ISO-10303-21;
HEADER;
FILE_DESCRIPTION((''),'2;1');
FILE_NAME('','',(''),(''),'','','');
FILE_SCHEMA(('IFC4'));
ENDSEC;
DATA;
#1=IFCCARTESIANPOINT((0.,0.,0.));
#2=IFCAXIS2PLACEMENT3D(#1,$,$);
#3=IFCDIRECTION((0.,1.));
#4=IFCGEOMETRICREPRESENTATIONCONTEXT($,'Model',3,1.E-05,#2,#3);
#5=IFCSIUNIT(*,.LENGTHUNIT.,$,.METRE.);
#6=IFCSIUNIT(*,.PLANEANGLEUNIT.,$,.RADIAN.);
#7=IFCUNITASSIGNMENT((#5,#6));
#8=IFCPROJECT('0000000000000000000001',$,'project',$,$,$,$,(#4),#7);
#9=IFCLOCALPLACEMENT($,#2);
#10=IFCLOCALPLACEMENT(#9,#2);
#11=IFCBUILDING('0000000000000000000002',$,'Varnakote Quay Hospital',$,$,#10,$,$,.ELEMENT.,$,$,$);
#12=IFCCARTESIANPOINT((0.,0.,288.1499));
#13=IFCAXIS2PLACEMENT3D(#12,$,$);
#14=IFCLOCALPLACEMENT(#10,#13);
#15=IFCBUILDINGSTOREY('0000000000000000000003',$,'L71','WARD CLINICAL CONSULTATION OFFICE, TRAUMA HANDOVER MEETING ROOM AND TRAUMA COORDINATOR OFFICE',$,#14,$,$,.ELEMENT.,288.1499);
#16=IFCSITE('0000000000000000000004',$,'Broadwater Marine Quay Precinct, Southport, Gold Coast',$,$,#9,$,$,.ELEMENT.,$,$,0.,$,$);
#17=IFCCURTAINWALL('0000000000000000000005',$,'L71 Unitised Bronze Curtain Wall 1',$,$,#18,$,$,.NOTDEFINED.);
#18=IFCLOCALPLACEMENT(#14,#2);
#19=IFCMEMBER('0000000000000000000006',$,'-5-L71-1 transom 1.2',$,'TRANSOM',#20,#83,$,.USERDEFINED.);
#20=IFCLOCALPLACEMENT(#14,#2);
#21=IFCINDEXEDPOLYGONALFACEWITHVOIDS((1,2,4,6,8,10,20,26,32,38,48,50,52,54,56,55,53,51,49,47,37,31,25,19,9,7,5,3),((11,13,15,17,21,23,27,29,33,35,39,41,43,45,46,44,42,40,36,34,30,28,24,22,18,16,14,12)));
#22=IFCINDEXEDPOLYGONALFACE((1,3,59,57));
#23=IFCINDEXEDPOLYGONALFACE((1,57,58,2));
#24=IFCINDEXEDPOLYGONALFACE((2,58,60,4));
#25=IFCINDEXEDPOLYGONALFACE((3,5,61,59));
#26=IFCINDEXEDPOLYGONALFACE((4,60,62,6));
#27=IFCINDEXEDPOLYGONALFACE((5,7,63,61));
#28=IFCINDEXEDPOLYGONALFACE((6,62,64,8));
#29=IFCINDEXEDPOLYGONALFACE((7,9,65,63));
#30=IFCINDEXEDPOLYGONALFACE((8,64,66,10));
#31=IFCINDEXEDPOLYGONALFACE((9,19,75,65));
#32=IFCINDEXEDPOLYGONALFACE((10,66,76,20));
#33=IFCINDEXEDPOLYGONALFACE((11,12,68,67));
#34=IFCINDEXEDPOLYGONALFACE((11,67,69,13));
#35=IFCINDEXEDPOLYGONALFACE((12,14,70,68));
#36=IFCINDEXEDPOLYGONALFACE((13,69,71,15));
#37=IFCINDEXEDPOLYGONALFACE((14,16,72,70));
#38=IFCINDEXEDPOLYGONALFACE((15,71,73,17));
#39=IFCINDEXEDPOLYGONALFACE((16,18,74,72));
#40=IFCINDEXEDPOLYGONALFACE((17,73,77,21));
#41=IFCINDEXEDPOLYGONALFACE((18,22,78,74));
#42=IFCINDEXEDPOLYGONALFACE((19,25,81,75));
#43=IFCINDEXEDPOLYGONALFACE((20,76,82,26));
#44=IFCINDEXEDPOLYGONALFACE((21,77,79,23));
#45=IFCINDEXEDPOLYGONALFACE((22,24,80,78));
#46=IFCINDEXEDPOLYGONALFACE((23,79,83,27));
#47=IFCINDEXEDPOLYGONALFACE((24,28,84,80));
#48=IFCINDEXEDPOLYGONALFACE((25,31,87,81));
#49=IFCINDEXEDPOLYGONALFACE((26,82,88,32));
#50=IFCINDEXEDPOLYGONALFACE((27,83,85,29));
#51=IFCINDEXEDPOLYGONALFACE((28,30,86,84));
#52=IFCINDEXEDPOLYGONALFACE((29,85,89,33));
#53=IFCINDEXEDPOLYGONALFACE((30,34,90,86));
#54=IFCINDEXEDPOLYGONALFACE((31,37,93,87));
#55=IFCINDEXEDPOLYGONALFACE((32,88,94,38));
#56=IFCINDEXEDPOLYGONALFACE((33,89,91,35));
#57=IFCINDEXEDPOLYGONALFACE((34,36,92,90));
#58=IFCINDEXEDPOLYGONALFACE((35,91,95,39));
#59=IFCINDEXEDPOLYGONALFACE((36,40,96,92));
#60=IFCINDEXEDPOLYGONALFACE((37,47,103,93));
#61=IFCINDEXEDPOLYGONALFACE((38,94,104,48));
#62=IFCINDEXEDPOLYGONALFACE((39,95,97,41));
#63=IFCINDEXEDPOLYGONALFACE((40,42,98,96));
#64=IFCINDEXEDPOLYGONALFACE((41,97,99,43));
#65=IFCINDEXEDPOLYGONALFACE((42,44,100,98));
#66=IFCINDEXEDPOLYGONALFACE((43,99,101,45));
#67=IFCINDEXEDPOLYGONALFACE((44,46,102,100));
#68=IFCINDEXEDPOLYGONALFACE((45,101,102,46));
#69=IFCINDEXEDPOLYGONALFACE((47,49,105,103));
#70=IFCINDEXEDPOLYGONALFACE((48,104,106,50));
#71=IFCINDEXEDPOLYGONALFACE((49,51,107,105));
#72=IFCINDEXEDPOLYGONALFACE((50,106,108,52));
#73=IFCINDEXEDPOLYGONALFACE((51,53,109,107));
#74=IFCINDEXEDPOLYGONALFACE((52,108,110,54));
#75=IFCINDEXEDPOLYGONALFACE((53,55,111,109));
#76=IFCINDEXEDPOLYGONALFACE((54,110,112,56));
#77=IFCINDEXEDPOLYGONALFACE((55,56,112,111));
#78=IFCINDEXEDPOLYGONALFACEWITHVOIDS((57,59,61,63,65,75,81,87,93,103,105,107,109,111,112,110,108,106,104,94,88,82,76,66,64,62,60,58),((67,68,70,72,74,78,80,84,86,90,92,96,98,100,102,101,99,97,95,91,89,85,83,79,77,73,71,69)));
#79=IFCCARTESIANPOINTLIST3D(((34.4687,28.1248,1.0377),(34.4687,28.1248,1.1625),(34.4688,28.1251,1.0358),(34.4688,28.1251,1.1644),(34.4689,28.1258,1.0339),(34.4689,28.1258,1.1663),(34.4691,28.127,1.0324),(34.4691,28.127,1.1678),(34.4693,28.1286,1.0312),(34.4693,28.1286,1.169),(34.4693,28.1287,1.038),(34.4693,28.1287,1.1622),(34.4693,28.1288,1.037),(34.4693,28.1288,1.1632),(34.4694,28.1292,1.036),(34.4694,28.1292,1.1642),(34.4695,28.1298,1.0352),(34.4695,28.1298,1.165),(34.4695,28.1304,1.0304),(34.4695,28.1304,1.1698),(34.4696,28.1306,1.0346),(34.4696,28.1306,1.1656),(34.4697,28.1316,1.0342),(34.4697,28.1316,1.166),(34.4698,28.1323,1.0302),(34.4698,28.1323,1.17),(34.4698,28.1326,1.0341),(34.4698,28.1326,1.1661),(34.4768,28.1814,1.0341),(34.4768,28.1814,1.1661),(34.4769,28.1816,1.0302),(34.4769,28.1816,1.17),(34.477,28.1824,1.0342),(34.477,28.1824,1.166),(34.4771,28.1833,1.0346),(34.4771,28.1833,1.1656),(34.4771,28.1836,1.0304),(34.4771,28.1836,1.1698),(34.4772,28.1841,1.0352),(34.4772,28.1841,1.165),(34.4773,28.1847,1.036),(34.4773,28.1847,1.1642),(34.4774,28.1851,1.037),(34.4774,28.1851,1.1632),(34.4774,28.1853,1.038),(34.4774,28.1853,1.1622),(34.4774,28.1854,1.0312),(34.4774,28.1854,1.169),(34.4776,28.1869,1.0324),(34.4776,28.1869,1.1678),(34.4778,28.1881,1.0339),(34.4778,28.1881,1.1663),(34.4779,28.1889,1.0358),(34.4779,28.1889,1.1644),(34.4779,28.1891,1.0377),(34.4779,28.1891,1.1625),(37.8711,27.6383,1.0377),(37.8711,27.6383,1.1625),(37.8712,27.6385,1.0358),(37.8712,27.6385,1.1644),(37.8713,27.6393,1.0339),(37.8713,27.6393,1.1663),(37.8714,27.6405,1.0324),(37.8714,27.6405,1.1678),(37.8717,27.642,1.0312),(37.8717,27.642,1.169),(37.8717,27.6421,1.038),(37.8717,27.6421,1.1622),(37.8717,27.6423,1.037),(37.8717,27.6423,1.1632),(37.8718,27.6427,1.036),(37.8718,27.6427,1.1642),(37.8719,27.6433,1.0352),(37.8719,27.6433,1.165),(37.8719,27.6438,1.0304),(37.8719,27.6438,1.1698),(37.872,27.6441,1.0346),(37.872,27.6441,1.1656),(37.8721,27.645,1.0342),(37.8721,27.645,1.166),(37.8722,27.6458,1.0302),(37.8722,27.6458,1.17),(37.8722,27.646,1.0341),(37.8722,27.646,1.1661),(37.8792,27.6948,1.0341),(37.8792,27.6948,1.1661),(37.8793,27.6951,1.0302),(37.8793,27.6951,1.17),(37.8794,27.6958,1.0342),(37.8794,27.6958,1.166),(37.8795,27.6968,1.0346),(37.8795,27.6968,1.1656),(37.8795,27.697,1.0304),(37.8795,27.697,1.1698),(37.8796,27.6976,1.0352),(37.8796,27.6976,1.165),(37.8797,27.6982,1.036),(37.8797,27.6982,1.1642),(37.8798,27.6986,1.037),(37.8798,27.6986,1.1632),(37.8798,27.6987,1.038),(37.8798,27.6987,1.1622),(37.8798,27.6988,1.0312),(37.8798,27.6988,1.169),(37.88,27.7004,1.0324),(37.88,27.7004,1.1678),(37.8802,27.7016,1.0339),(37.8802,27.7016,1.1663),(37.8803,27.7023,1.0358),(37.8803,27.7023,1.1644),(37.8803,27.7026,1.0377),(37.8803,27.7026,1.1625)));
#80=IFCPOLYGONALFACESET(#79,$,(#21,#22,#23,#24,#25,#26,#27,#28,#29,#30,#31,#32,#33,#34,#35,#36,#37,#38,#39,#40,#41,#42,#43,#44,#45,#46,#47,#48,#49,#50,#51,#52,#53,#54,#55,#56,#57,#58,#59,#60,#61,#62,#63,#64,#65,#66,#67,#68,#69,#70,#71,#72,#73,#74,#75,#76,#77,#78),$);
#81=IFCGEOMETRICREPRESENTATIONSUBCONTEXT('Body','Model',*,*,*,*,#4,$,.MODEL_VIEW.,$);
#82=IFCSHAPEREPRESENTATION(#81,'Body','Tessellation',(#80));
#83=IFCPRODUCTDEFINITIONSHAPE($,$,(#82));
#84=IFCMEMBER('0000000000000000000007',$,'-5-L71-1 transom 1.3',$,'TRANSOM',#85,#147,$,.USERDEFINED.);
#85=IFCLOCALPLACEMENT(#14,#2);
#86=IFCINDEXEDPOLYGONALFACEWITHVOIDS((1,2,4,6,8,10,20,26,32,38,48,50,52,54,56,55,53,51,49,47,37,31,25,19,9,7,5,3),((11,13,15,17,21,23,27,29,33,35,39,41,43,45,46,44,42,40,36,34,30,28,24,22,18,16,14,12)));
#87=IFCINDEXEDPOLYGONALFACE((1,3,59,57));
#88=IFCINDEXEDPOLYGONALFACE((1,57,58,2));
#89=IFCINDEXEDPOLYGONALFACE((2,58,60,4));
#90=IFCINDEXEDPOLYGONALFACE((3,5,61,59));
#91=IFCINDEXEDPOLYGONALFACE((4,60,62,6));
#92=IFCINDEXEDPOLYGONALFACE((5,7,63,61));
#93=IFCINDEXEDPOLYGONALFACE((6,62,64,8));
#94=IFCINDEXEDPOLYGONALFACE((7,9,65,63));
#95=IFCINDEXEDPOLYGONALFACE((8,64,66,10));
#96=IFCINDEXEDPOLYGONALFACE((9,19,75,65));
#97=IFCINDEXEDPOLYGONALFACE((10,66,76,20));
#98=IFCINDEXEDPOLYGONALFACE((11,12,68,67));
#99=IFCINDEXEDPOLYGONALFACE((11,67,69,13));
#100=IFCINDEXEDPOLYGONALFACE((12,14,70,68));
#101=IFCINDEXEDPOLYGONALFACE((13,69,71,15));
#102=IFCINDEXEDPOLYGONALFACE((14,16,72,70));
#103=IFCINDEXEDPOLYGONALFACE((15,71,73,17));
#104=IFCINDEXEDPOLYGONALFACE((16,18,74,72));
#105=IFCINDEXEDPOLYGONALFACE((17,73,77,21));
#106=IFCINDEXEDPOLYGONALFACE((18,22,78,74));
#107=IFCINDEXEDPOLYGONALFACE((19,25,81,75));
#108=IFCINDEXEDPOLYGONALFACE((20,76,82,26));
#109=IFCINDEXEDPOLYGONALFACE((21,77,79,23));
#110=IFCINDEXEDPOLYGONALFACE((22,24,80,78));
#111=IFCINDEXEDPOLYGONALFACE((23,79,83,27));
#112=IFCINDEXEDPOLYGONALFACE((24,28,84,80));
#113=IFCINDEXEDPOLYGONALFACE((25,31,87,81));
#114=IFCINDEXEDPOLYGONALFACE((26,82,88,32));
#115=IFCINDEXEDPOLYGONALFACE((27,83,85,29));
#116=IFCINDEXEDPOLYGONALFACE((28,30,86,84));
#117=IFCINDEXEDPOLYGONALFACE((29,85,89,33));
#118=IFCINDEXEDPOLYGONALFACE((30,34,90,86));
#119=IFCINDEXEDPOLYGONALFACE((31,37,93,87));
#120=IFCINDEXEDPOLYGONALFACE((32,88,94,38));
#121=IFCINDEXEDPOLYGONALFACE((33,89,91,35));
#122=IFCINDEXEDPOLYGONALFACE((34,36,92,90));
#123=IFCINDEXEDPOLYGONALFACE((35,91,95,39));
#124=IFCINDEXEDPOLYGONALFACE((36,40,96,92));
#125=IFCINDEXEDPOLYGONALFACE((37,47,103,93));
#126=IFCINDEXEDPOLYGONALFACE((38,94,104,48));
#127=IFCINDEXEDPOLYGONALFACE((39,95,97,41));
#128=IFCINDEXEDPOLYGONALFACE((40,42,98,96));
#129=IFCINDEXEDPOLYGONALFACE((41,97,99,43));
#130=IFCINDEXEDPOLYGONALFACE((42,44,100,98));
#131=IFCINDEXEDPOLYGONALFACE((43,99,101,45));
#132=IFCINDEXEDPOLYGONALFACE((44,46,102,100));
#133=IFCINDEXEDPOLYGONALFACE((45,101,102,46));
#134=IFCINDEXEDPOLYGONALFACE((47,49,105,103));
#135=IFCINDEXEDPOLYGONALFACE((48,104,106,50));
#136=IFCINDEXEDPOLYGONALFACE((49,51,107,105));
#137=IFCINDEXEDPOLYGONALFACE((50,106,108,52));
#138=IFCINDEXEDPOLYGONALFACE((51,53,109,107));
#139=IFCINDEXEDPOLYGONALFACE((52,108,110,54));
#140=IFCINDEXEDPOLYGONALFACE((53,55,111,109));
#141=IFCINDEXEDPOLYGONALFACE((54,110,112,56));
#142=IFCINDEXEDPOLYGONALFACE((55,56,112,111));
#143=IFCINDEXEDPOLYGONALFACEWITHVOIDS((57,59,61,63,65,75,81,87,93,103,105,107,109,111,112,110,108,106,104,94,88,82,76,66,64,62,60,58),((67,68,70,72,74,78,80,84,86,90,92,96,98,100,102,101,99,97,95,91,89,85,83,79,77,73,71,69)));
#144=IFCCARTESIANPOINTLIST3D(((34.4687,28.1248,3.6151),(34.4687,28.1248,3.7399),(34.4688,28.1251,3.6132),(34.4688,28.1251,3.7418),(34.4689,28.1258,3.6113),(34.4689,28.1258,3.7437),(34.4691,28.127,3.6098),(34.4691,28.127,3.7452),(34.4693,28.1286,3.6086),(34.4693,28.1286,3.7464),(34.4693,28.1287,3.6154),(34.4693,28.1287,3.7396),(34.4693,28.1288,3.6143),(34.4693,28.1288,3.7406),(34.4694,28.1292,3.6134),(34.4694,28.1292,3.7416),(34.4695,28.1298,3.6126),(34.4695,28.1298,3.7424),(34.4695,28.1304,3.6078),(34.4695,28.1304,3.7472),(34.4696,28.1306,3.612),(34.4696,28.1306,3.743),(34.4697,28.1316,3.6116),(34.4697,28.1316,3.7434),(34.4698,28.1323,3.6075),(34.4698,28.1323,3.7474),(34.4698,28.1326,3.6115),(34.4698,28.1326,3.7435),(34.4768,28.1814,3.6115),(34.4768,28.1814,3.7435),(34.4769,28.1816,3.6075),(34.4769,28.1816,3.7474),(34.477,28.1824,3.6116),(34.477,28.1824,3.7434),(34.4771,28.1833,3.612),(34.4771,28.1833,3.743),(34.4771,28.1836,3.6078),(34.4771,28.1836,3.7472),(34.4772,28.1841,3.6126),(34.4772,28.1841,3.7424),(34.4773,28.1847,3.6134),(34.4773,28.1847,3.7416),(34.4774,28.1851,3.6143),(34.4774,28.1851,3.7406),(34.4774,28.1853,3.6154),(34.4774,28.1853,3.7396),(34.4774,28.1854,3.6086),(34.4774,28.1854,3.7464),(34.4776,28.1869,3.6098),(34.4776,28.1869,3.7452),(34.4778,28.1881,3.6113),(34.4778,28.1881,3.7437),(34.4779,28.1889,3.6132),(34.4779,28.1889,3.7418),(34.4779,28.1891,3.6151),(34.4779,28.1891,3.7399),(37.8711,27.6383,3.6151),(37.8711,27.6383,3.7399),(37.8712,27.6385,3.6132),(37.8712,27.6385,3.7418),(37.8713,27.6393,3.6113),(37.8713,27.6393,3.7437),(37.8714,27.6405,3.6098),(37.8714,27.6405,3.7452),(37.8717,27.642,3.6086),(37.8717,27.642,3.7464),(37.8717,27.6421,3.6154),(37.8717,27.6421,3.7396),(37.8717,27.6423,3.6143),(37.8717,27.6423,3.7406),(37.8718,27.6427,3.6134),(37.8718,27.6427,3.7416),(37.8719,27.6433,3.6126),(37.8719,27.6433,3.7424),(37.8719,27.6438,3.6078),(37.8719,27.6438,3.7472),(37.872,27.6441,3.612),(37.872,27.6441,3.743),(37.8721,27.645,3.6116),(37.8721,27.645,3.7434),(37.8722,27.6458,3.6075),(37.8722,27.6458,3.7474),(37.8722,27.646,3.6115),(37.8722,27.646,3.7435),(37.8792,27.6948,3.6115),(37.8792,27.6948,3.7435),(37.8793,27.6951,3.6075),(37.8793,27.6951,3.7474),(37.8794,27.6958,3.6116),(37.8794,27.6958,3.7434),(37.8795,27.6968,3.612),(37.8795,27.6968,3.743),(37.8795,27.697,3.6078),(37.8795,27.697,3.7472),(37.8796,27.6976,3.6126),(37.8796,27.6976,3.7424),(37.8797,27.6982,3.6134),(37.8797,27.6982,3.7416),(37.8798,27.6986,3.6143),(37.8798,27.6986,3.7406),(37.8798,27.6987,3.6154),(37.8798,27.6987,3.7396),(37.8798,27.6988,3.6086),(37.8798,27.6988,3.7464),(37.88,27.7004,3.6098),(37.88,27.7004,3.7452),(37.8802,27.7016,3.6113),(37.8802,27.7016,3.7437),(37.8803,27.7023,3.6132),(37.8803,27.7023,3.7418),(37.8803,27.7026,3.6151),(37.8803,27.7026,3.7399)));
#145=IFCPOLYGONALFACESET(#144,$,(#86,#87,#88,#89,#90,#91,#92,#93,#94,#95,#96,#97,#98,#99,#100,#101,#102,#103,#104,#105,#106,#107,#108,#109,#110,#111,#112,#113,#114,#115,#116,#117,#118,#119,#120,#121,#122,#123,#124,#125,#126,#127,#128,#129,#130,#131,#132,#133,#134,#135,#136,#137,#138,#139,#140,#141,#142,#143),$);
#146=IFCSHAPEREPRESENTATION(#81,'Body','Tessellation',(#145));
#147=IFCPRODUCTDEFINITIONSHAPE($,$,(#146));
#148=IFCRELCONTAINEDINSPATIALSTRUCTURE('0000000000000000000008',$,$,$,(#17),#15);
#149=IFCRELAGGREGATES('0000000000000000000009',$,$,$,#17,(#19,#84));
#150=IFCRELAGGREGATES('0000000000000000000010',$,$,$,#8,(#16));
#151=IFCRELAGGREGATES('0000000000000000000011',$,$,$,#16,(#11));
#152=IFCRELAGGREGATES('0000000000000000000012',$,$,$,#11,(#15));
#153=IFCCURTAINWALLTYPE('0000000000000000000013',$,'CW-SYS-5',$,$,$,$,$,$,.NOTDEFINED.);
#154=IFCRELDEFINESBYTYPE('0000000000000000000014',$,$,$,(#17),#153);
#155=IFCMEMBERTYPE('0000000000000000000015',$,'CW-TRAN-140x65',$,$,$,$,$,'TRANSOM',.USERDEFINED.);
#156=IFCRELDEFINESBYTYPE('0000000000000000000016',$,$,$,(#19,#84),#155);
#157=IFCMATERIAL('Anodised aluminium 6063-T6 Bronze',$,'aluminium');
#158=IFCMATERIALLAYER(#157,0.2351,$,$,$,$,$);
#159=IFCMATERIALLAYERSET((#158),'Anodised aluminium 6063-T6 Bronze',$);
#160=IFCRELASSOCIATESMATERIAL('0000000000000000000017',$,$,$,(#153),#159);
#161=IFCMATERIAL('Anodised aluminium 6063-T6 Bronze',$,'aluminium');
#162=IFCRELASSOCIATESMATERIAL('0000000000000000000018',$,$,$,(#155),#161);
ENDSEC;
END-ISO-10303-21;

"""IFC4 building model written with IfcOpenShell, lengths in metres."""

from ifc_helpers import new_model, si_unit, direction, frame, origin, origin_2d, place, context, subcontext, project, spatial, hollow_rectangle, extrude, material, layer, layer_set, material_profile, profile_set, type_object, element, aggregate, save


model = new_model("IFC4")

# Units and contexts
model_context = context("Model", 3, precision=1e-05, world=origin(), true_north=direction((0.0, 1.0)))
body_context = subcontext(model_context, "Body", "Model", "MODEL_VIEW")
ifc_project = project(units=[si_unit("LENGTHUNIT", "METRE"), si_unit("PLANEANGLEUNIT", "RADIAN")], contexts=[model_context])

# Site, building, storey
site_placement = place(None, origin())
site = spatial("IfcSite", under=ifc_project, at=site_placement, Name="Broadwater Marine Quay Precinct, Southport, Gold Coast", CompositionType="ELEMENT", RefElevation=0.0)
building_placement = place(site_placement, origin())
building = spatial("IfcBuilding", under=site, at=building_placement, Name="Varnakote Quay Hospital", CompositionType="ELEMENT")
storey_placement = place(building_placement, frame((0.0, 0.0, 288.1499)))
storey = spatial("IfcBuildingStorey", under=building, at=storey_placement, Name="L71", Description="WARD CLINICAL CONSULTATION OFFICE, TRAUMA HANDOVER MEETING ROOM AND TRAUMA COORDINATOR OFFICE", CompositionType="ELEMENT", Elevation=288.1499)

# Curtain wall, members
ifc_material_1 = material(Name="Anodised aluminium 6063-T6 Bronze", Category="aluminium")
ifc_layer_1 = layer(ifc_material_1, 0.2351)
ifc_layer_set_1 = layer_set([ifc_layer_1], Name="Anodised aluminium 6063-T6 Bronze")
curtain_wall_type = type_object("IfcCurtainWallType", Name="CW-SYS-5", PredefinedType="NOTDEFINED", material=ifc_layer_set_1)
curtain_wall_placement = place(storey_placement, origin())
curtain_wall = element("IfcCurtainWall", 1, at=curtain_wall_placement, inside=storey, type_object=curtain_wall_type, Name="L71 Unitised Bronze Curtain Wall 1", PredefinedType="NOTDEFINED")
ifc_material_2 = material(Name="Anodised aluminium 6063-T6 Bronze", Category="aluminium")
ifc_material_profile_1 = material_profile(ifc_material_2, hollow_rectangle(XDim=0.0649, YDim=0.1399, WallThickness=0.0039, InnerFilletRadius=0.0039, OuterFilletRadius=0.0076, at=origin_2d()), Name="CW-TRAN-140x65")
ifc_profile_set_1 = profile_set([ifc_material_profile_1], Name="Anodised aluminium 6063-T6 Bronze")
member_type_1 = type_object("IfcMemberType", Name="CW-TRAN-140x65", ElementType="TRANSOM", PredefinedType="USERDEFINED", material=ifc_profile_set_1)
member_1_placement = place(storey_placement, frame((37.8757, 27.6704, 1.1001), z_axis=(-0.989928, 0.141571, 0.0), x_axis=(-0.141571, -0.989928, 0.0)))
member_1 = element("IfcMember", 2, at=member_1_placement, type_object=member_type_1, Name="-5-L71-1 transom 1.2", ObjectType="TRANSOM", PredefinedType="USERDEFINED", context=body_context, shape_type="SweptSolid", body=[
    extrude(hollow_rectangle(XDim=0.0649, YDim=0.1399, WallThickness=0.0039, InnerFilletRadius=0.0039, OuterFilletRadius=0.0076, at=origin_2d()), origin(), (0.0, 0.0, 1.0), 3.437),
])
member_2_placement = place(storey_placement, frame((37.8757, 27.6704, 3.6775), z_axis=(-0.989928, 0.141571, 0.0), x_axis=(-0.141571, -0.989928, 0.0)))
member_2 = element("IfcMember", 3, at=member_2_placement, type_object=member_type_1, Name="-5-L71-1 transom 1.3", ObjectType="TRANSOM", PredefinedType="USERDEFINED", context=body_context, shape_type="SweptSolid", body=[
    extrude(hollow_rectangle(XDim=0.0649, YDim=0.1399, WallThickness=0.0039, InnerFilletRadius=0.0039, OuterFilletRadius=0.0076, at=origin_2d()), origin(), (0.0, 0.0, 1.0), 3.437),
])
aggregate(curtain_wall, [member_1, member_2])

save(model, "model.ifc")
